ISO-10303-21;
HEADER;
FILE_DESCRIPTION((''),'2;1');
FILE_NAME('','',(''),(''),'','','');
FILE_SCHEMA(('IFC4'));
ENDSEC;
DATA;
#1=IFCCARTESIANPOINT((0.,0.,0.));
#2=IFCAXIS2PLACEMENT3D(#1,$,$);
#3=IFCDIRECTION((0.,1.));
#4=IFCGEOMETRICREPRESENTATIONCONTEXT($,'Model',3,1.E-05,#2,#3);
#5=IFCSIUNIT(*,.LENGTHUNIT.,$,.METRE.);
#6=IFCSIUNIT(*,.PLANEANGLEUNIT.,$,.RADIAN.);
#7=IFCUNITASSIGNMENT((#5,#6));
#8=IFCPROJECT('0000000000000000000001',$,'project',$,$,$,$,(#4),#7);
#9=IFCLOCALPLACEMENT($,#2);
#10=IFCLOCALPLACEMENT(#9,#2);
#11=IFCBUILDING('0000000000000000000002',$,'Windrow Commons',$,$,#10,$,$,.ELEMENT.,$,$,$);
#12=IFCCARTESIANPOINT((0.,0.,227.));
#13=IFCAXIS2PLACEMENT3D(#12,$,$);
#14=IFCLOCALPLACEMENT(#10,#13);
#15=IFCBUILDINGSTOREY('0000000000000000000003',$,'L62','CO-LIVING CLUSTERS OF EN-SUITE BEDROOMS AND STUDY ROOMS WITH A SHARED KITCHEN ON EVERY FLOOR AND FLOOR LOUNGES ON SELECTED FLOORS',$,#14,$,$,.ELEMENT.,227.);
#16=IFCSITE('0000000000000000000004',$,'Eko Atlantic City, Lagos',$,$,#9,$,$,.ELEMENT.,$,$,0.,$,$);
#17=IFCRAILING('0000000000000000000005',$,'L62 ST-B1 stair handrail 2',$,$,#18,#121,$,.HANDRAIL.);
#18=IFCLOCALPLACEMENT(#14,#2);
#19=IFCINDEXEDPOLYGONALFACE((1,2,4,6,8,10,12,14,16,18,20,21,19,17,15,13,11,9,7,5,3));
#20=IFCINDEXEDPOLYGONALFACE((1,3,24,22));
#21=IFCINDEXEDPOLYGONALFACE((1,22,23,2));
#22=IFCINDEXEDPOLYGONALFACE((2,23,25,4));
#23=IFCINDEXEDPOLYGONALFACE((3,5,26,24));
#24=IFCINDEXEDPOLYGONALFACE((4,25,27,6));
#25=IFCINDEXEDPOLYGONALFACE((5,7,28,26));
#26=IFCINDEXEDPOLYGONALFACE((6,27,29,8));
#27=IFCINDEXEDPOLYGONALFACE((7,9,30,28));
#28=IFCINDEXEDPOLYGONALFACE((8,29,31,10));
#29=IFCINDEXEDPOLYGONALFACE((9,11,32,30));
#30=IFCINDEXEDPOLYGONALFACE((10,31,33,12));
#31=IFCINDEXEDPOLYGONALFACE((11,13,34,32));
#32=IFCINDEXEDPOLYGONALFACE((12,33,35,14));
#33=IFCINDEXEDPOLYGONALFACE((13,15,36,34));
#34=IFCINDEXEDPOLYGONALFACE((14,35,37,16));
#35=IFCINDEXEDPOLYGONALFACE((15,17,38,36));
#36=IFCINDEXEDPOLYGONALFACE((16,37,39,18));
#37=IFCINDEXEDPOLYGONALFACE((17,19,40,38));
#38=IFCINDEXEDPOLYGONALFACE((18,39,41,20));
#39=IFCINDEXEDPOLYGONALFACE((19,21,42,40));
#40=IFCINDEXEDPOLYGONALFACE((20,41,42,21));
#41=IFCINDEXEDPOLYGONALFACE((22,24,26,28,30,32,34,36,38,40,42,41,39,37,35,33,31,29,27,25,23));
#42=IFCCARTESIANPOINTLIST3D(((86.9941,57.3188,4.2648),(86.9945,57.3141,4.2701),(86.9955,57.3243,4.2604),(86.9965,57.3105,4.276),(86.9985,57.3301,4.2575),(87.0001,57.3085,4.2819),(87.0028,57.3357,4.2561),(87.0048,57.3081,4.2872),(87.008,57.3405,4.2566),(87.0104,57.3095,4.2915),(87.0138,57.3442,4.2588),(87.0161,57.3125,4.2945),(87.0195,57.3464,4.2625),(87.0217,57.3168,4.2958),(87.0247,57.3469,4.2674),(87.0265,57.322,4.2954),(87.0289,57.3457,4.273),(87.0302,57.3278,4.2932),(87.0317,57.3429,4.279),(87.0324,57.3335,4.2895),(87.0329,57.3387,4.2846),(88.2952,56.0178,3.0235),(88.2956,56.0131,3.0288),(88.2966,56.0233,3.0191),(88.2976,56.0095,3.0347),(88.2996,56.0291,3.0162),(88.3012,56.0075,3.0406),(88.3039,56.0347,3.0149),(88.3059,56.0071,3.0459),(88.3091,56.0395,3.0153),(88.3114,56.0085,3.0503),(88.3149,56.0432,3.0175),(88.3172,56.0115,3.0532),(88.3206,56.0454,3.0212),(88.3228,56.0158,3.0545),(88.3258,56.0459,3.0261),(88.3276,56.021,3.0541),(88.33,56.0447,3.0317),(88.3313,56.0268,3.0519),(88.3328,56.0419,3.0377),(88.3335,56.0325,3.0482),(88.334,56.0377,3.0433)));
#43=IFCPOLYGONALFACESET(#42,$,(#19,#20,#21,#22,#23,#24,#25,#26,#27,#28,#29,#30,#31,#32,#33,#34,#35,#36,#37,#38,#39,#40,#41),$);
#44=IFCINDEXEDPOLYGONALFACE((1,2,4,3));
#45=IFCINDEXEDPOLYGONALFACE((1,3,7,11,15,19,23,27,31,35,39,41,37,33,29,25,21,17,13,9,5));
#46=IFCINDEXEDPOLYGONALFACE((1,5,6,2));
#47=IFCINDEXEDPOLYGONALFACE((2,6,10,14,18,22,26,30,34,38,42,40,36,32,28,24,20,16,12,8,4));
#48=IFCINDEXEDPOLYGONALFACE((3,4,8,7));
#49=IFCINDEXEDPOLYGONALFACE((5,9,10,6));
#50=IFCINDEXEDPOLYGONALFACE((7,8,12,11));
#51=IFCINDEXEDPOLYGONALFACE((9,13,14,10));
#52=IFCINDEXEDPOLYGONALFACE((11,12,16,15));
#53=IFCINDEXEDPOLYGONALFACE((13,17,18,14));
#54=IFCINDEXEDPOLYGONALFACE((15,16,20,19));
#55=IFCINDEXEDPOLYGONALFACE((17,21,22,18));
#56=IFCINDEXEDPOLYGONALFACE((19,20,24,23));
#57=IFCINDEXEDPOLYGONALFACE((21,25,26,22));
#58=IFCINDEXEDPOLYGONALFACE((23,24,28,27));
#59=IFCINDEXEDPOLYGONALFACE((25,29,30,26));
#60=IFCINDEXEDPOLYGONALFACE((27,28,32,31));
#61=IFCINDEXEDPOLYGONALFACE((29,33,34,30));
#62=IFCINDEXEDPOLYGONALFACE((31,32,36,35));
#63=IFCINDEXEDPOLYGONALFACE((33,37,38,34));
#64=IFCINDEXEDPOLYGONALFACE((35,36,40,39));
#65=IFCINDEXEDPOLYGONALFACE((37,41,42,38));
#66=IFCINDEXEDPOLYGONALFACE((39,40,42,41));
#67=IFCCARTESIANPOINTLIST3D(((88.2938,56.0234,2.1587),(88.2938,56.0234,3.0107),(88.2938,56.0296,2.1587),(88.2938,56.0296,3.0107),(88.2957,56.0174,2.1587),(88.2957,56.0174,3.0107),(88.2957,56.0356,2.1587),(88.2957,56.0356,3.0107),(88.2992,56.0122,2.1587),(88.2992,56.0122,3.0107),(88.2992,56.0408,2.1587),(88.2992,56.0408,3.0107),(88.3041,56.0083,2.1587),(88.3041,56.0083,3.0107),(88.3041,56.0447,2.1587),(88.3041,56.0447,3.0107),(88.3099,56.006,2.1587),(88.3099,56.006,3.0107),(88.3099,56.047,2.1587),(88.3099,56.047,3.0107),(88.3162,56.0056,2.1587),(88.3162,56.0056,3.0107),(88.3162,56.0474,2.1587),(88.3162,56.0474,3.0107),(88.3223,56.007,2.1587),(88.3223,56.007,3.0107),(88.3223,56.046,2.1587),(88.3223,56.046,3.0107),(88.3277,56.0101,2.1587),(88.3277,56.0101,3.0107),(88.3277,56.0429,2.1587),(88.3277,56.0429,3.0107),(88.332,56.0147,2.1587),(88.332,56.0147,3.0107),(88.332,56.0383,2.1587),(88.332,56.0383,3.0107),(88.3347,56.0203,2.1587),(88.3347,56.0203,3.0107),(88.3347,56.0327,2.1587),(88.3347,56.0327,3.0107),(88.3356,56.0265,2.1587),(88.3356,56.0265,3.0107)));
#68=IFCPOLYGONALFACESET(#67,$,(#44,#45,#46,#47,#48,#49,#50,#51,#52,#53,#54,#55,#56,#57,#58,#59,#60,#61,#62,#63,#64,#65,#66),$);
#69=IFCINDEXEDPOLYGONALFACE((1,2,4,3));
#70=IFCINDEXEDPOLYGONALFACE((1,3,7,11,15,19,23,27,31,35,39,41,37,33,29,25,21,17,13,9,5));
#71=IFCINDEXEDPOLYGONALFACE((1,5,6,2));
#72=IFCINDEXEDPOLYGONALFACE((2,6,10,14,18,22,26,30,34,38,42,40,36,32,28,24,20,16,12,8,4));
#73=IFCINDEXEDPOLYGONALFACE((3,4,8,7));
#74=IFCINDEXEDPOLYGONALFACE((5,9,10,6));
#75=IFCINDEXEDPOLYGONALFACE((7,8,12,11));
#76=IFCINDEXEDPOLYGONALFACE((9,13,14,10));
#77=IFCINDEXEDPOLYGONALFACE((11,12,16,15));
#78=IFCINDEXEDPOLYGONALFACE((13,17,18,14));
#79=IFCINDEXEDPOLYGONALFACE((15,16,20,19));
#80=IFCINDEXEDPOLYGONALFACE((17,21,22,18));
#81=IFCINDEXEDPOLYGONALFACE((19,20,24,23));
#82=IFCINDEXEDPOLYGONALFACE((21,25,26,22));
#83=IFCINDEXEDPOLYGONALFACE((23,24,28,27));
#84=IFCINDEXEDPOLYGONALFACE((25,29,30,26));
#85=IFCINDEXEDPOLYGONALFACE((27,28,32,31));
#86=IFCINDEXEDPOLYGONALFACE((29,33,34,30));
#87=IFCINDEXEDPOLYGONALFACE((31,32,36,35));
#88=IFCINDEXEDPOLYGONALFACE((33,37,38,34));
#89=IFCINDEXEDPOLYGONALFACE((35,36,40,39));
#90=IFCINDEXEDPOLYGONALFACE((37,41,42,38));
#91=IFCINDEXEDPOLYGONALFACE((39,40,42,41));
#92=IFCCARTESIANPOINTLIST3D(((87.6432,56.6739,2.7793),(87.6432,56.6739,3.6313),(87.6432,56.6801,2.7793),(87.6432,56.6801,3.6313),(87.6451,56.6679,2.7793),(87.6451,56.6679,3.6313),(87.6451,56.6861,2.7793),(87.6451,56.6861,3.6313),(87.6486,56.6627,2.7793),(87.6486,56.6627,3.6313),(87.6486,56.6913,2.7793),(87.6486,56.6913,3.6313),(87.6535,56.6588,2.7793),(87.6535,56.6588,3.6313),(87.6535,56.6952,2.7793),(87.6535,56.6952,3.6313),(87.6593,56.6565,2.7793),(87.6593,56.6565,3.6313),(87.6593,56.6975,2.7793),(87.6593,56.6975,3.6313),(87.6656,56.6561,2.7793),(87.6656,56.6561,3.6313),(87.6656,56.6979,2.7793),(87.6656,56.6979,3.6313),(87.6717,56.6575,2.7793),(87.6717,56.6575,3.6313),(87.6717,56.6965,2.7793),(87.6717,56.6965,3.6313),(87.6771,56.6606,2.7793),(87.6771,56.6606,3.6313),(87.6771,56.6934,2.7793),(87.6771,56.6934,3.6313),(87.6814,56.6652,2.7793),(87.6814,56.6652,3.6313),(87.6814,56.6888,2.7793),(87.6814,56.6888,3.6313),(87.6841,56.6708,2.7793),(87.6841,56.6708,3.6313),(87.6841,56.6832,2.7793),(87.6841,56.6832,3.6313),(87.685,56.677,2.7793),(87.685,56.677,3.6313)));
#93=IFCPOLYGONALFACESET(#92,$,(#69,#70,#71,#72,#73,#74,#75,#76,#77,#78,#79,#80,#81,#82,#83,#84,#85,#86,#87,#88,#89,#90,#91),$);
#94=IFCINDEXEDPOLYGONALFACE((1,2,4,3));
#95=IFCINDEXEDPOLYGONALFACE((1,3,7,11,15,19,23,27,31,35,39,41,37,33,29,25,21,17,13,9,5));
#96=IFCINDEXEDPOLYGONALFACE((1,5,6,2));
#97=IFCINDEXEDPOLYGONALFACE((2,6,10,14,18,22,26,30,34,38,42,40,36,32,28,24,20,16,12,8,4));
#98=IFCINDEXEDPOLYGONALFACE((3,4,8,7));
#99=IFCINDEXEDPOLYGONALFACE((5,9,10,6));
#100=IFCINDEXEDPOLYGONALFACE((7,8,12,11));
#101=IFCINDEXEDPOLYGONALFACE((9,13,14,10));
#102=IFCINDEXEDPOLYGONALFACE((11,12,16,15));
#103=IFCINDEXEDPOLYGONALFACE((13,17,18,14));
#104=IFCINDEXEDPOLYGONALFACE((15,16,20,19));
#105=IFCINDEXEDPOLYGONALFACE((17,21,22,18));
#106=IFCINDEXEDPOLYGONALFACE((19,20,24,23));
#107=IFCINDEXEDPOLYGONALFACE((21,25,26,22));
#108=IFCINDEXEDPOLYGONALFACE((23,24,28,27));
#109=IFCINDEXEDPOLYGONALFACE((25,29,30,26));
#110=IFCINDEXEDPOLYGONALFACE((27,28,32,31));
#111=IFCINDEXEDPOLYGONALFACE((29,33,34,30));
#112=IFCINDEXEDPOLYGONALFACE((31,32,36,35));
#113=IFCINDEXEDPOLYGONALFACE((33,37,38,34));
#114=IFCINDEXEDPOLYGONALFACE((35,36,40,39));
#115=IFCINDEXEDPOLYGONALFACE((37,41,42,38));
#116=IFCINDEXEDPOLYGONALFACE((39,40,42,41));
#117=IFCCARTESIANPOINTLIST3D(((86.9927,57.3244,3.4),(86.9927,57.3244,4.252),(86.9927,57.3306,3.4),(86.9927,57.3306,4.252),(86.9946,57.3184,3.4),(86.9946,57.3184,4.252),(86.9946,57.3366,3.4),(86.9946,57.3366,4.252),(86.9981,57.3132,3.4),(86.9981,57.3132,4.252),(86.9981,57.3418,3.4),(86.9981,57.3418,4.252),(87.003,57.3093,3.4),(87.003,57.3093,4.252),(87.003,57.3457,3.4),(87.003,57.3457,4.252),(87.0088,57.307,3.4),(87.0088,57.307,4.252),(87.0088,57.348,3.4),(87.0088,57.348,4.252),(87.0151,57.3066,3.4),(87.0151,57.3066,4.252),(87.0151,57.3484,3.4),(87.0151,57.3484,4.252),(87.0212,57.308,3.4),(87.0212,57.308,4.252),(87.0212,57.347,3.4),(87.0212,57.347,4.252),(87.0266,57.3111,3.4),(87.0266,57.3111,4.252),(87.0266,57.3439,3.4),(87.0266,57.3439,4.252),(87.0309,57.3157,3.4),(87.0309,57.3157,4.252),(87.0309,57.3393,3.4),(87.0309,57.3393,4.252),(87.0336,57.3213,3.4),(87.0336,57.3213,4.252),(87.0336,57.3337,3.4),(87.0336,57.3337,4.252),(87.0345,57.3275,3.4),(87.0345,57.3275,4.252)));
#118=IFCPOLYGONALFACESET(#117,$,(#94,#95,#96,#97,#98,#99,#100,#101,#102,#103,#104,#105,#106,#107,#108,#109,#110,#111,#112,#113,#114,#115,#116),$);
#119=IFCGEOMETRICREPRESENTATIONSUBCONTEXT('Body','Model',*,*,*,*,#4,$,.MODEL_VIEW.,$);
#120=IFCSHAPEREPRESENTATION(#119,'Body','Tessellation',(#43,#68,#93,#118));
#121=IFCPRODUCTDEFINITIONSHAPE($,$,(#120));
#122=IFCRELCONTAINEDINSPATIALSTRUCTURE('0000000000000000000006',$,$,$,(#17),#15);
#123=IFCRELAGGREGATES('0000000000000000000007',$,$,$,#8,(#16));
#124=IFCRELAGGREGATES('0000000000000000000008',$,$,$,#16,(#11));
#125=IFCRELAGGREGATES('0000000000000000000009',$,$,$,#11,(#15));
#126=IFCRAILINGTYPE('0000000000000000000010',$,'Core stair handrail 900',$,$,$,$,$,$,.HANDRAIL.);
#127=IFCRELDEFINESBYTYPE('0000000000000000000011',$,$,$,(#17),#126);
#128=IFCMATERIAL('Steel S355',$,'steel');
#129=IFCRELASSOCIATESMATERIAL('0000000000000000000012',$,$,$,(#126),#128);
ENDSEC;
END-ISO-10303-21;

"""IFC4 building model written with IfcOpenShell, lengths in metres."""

from ifc_helpers import new_model, si_unit, direction, frame, origin, origin_2d, place, context, subcontext, project, spatial, circle, extrude, material, type_object, element, save


model = new_model("IFC4")

# Units and contexts
model_context = context("Model", 3, precision=1e-05, world=origin(), true_north=direction((0.0, 1.0)))
body_context = subcontext(model_context, "Body", "Model", "MODEL_VIEW")
ifc_project = project(units=[si_unit("LENGTHUNIT", "METRE"), si_unit("PLANEANGLEUNIT", "RADIAN")], contexts=[model_context])

# Site, building, storey
site_placement = place(None, origin())
site = spatial("IfcSite", under=ifc_project, at=site_placement, Name="Eko Atlantic City, Lagos", CompositionType="ELEMENT", RefElevation=0.0)
building_placement = place(site_placement, origin())
building = spatial("IfcBuilding", under=site, at=building_placement, Name="Windrow Commons", CompositionType="ELEMENT")
storey_placement = place(building_placement, frame((0.0, 0.0, 227.0)))
storey = spatial("IfcBuildingStorey", under=building, at=storey_placement, Name="L62", Description="CO-LIVING CLUSTERS OF EN-SUITE BEDROOMS AND STUDY ROOMS WITH A SHARED KITCHEN ON EVERY FLOOR AND FLOOR LOUNGES ON SELECTED FLOORS", CompositionType="ELEMENT", Elevation=227.0)

# Railing
ifc_material_1 = material(Name="Steel S355", Category="steel")
railing_type_1 = type_object("IfcRailingType", Name="Core stair handrail 900", PredefinedType="HANDRAIL", material=ifc_material_1)
railing_1_placement = place(storey_placement, frame((88.3146, 56.0265, 2.1587)))
element("IfcRailing", 1, at=railing_1_placement, inside=storey, type_object=railing_type_1, Name="L62 ST-B1 stair handrail 2", PredefinedType="HANDRAIL", context=body_context, shape_type="SweptSolid", body=[
    extrude(circle(Radius=0.024, at=origin_2d()), frame((0.0, 0.0, 0.876), z_axis=(-0.586207, 0.586162, 0.559264), x_axis=(-0.70708, -0.707134, 0.0)), (0.0, 0.0, 1.0), 2.2195),
    extrude(circle(Radius=0.021, at=origin_2d()), origin(), (0.0, 0.0, 1.0), 0.852),
    extrude(circle(Radius=0.021, at=origin_2d()), frame((-0.6506, 0.6505, 0.6206)), (0.0, 0.0, 1.0), 0.852),
    extrude(circle(Radius=0.021, at=origin_2d()), frame((-1.3011, 1.301, 1.2413)), (0.0, 0.0, 1.0), 0.852),
])

save(model, "model.ifc")
